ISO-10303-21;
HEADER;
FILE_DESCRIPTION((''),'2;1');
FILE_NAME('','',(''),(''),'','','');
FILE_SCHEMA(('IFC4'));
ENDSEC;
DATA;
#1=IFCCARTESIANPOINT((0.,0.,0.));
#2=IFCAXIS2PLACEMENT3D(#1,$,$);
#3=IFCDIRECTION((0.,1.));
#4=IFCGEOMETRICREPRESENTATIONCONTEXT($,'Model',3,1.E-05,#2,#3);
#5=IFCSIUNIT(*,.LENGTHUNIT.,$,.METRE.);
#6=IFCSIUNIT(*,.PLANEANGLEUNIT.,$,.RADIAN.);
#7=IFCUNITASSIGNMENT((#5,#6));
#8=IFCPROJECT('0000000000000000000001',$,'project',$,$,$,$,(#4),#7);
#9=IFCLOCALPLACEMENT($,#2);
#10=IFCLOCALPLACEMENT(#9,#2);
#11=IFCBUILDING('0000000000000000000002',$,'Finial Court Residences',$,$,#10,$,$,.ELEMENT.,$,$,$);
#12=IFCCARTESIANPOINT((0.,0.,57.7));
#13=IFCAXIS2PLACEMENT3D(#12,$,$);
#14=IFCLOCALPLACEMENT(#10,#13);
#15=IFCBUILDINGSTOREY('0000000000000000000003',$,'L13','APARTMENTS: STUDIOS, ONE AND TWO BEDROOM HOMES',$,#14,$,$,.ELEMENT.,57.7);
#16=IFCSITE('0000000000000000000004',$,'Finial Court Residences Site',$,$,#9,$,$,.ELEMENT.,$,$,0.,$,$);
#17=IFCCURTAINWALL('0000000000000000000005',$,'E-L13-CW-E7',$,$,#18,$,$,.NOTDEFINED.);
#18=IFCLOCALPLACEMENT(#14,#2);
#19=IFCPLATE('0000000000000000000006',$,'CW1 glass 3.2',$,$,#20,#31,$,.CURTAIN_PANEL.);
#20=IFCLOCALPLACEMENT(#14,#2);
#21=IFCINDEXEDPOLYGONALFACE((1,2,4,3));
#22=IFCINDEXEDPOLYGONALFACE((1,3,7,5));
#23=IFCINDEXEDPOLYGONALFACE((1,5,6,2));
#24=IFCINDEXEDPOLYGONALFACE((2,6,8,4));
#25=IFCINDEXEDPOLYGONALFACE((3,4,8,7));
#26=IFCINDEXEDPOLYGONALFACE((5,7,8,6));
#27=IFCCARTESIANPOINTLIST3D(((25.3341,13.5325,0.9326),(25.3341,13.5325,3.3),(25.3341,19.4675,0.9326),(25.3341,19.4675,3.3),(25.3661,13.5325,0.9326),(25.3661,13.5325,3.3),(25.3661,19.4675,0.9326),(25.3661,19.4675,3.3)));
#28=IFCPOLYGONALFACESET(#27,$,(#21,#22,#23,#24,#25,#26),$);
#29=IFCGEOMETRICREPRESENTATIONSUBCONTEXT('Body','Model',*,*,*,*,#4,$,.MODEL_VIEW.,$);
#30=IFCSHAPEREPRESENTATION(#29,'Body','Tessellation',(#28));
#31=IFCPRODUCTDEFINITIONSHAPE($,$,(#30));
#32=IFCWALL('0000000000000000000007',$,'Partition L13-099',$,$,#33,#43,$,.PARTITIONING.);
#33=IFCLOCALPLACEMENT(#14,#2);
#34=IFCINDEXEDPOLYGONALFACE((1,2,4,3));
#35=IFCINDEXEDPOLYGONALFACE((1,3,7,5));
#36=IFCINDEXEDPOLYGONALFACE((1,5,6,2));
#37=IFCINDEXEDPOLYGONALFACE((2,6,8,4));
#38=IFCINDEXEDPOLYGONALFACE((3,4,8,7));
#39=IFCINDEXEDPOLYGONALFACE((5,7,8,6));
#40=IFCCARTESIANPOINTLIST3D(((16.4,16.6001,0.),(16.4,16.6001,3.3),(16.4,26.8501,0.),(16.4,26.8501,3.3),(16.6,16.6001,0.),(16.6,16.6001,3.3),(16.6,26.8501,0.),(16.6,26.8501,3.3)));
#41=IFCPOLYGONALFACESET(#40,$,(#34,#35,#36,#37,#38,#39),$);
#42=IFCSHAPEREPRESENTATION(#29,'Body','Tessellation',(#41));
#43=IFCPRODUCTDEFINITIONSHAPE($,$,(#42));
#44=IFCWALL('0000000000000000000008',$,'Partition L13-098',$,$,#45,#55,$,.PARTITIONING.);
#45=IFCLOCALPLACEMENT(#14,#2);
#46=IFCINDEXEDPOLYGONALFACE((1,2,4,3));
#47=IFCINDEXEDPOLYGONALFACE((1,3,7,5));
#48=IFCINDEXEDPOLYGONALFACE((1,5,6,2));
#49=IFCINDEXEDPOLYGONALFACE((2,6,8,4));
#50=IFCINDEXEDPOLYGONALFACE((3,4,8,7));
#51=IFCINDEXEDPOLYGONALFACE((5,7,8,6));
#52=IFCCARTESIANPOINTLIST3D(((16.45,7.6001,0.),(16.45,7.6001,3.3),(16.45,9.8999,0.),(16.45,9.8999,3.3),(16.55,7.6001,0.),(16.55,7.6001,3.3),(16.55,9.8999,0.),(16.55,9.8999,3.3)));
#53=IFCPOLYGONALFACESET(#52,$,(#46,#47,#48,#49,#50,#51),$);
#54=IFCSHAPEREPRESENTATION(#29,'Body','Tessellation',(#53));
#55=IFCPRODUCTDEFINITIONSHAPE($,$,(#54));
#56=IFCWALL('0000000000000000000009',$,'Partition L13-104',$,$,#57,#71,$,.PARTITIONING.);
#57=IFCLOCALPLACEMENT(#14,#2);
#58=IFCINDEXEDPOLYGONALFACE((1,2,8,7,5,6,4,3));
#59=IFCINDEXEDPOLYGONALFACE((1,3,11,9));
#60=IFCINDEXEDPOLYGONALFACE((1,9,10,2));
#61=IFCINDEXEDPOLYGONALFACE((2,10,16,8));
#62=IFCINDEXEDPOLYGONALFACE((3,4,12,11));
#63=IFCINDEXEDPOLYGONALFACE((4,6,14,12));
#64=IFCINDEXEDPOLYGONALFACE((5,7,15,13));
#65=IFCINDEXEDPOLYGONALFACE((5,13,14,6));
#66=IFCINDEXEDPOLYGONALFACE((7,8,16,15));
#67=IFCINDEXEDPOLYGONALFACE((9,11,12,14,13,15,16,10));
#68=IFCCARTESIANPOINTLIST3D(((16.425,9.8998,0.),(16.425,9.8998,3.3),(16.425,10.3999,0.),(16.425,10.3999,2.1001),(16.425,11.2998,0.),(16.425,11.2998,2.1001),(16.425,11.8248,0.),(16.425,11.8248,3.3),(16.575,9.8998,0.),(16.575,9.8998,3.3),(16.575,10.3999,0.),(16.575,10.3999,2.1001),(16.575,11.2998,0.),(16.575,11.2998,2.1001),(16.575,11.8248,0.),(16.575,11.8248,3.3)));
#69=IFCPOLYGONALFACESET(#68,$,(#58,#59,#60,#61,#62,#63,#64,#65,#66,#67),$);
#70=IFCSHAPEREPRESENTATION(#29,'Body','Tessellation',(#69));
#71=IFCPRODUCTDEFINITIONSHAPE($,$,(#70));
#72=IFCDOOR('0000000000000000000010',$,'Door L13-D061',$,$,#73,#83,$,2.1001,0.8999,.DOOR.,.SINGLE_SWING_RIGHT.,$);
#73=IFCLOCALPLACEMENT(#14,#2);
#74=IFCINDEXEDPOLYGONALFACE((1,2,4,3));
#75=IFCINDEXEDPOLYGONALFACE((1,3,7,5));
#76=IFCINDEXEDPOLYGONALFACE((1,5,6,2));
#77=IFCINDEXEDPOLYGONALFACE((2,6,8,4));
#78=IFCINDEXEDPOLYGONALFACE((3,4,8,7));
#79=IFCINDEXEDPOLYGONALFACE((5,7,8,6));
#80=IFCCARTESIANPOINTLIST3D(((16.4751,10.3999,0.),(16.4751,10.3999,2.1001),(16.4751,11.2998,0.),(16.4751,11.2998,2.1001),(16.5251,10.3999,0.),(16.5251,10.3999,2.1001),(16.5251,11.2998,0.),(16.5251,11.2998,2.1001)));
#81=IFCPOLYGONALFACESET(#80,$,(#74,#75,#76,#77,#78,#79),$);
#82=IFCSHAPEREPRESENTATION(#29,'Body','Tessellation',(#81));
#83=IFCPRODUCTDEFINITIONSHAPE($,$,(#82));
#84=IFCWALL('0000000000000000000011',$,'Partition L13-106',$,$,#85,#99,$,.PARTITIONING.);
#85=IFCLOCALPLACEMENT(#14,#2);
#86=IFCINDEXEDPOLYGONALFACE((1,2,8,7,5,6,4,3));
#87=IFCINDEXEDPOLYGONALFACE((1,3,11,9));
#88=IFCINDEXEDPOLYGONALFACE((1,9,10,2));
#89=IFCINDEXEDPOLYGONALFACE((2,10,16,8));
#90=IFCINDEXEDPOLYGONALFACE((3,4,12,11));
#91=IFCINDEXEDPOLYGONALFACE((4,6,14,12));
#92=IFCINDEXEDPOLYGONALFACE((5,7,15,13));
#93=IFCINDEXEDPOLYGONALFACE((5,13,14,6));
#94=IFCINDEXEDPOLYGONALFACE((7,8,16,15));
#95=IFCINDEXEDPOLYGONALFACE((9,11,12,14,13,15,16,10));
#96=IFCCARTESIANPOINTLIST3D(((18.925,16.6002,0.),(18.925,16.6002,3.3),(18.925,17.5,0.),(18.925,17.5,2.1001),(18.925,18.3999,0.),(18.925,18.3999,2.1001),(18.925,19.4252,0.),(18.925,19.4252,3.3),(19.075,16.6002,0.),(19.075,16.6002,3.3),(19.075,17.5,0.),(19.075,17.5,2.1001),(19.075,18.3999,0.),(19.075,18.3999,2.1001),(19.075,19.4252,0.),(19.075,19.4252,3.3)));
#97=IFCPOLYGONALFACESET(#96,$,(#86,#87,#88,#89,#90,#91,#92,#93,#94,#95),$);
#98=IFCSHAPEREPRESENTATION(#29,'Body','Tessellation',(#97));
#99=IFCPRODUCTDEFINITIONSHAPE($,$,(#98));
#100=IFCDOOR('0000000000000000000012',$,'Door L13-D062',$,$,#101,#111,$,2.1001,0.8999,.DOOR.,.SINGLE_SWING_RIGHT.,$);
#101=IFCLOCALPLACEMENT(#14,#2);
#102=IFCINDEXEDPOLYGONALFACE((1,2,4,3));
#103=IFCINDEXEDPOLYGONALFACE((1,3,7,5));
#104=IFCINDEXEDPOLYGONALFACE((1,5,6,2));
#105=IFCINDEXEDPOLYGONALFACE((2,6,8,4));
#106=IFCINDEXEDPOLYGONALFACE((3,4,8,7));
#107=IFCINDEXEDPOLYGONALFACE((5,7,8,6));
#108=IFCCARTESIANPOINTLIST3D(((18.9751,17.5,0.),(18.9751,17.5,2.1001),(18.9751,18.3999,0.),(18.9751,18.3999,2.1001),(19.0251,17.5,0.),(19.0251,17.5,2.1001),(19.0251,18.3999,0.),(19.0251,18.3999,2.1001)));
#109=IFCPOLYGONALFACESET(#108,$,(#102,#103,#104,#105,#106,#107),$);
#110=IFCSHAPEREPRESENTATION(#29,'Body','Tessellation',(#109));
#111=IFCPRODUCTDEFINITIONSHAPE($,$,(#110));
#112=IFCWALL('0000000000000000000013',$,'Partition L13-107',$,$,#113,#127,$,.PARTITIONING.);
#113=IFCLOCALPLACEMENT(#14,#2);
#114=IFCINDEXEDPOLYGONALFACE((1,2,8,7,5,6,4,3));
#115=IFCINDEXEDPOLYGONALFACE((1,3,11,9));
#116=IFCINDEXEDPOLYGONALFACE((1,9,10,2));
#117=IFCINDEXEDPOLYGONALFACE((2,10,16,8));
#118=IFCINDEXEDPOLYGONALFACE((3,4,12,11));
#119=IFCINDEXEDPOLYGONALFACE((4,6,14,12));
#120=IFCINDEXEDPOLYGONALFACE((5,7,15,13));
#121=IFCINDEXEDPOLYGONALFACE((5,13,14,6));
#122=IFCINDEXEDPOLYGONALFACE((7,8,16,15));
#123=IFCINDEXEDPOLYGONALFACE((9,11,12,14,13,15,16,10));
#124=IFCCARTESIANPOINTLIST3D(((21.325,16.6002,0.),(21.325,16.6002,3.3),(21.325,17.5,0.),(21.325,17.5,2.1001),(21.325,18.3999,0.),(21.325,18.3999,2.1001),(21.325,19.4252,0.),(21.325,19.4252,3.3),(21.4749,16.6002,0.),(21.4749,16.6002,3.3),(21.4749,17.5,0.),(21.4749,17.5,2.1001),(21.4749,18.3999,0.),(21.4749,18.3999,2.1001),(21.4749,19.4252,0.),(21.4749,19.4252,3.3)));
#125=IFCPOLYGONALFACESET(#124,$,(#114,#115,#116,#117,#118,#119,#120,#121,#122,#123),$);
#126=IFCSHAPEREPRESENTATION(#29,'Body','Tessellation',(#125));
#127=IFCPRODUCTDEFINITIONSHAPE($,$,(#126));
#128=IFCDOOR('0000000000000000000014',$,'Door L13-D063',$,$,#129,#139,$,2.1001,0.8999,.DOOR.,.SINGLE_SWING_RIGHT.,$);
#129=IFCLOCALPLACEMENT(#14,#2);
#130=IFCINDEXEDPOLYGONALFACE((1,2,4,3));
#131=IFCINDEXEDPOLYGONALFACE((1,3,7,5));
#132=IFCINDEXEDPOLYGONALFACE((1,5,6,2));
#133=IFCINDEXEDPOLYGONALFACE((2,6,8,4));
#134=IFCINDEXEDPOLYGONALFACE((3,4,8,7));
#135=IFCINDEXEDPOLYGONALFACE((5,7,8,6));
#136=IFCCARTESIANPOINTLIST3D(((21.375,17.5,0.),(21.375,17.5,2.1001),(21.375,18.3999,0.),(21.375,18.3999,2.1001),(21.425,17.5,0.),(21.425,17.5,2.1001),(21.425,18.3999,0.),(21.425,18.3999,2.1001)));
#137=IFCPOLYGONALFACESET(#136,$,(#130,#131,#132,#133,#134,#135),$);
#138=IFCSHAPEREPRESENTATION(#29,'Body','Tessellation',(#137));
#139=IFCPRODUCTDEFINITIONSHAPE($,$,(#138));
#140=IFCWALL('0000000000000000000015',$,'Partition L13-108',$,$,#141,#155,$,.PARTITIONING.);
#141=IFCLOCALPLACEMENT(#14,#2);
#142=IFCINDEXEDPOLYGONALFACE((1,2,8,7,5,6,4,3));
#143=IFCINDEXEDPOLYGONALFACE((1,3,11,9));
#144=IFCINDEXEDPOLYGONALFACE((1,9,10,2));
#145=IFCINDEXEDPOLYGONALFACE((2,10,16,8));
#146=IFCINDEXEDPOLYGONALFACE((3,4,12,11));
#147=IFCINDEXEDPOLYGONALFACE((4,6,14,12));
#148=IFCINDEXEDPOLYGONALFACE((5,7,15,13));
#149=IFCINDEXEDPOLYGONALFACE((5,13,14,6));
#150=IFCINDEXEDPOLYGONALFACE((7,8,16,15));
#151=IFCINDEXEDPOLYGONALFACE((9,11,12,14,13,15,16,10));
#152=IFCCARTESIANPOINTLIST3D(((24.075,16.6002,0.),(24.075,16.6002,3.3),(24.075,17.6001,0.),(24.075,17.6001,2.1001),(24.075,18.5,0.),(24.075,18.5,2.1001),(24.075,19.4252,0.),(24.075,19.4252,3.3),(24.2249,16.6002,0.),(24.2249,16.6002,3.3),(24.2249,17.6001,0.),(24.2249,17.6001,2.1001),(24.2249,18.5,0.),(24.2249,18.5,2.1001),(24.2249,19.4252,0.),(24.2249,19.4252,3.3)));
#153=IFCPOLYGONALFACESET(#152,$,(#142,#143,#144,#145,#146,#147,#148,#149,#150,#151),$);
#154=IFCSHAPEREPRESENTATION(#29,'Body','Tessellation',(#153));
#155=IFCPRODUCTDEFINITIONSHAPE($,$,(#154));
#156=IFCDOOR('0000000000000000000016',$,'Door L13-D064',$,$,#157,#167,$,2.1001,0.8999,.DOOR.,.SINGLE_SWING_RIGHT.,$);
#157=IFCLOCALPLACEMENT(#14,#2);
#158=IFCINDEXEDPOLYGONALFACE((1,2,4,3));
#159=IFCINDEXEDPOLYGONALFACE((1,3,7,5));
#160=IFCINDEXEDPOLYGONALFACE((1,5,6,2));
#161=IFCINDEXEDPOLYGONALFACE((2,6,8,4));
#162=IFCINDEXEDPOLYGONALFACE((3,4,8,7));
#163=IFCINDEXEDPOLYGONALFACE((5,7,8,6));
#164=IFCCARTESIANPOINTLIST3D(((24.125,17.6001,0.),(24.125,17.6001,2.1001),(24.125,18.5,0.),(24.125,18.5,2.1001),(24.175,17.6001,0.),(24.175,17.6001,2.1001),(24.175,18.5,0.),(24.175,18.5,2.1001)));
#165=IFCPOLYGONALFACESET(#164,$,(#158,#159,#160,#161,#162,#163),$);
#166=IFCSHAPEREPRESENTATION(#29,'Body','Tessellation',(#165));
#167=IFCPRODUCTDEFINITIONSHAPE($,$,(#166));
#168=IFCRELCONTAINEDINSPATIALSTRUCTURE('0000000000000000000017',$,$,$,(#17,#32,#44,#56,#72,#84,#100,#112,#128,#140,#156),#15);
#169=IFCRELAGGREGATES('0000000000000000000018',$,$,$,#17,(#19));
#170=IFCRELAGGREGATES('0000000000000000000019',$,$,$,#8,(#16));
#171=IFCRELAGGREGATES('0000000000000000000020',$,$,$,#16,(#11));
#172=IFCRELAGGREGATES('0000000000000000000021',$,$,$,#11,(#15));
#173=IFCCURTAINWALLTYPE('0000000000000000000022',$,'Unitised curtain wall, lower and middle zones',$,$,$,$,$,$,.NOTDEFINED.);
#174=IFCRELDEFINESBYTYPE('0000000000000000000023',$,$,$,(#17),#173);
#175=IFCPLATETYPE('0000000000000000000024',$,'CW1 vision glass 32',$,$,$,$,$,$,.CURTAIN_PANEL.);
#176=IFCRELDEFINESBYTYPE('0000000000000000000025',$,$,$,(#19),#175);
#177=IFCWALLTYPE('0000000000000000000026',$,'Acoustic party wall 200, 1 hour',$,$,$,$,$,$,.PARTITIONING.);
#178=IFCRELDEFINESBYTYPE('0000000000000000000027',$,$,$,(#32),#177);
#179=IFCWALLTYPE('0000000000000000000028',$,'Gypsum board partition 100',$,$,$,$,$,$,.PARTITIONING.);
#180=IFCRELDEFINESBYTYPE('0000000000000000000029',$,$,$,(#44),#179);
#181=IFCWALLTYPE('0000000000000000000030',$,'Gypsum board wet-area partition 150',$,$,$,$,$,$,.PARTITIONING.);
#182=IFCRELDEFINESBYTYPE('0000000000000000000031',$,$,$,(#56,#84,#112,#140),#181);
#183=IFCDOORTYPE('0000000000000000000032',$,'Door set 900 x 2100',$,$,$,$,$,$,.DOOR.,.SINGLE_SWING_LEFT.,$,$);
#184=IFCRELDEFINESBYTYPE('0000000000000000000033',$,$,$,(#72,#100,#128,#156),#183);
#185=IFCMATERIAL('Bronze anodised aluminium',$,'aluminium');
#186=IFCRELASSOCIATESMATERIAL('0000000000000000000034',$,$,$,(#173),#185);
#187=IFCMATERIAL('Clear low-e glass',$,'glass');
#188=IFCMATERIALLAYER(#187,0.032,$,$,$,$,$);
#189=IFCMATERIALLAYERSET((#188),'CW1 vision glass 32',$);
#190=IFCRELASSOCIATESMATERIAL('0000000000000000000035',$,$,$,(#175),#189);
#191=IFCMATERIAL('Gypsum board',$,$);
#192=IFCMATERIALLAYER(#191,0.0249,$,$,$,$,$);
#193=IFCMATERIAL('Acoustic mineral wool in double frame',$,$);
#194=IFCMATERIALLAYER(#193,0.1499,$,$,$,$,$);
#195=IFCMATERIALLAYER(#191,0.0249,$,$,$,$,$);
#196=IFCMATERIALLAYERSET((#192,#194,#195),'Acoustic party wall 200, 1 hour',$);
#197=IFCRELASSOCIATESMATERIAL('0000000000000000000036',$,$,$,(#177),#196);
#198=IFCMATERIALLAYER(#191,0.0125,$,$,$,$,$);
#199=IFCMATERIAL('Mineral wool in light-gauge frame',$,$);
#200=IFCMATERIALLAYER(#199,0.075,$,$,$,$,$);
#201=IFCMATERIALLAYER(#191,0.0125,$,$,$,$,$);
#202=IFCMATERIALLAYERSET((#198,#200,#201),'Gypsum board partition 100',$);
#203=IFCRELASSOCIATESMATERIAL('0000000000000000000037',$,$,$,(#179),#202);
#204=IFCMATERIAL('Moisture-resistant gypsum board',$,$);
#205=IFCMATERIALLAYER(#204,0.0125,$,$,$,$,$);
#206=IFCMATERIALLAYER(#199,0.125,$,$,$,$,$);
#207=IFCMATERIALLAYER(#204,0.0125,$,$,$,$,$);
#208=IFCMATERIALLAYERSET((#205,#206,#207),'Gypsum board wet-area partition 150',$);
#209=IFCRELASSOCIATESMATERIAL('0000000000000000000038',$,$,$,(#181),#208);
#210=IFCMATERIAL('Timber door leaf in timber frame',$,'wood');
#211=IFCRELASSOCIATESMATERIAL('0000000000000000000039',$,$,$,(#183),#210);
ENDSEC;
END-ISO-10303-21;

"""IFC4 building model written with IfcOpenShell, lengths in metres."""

from ifc_helpers import new_model, si_unit, direction, frame, frame_2d, origin, origin_2d, place, context, subcontext, project, spatial, rectangle, extrude, material, layer, layer_set, type_object, element, fill, aggregate, save


model = new_model("IFC4")

# Units and contexts
model_context = context("Model", 3, precision=1e-05, world=origin(), true_north=direction((0.0, 1.0)))
body_context = subcontext(model_context, "Body", "Model", "MODEL_VIEW")
ifc_project = project(units=[si_unit("LENGTHUNIT", "METRE"), si_unit("PLANEANGLEUNIT", "RADIAN")], contexts=[model_context])

# Site, building, storey
site_placement = place(None, origin())
site = spatial("IfcSite", under=ifc_project, at=site_placement, Name="Finial Court Residences Site", CompositionType="ELEMENT", RefElevation=0.0)
building_placement = place(site_placement, origin())
building = spatial("IfcBuilding", under=site, at=building_placement, Name="Finial Court Residences", CompositionType="ELEMENT")
storey_placement = place(building_placement, frame((0.0, 0.0, 57.7)))
storey = spatial("IfcBuildingStorey", under=building, at=storey_placement, Name="L13", Description="APARTMENTS: STUDIOS, ONE AND TWO BEDROOM HOMES", CompositionType="ELEMENT", Elevation=57.7)

# Curtain wall, plate
ifc_material_1 = material(Name="Bronze anodised aluminium", Category="aluminium")
curtain_wall_type = type_object("IfcCurtainWallType", Name="Unitised curtain wall, lower and middle zones", PredefinedType="NOTDEFINED", material=ifc_material_1)
curtain_wall_placement = place(storey_placement, origin())
curtain_wall = element("IfcCurtainWall", 1, at=curtain_wall_placement, inside=storey, type_object=curtain_wall_type, Name="E-L13-CW-E7", PredefinedType="NOTDEFINED")
ifc_material_2 = material(Name="Clear low-e glass", Category="glass")
ifc_layer_1 = layer(ifc_material_2, 0.032)
ifc_layer_set_1 = layer_set([ifc_layer_1], Name="CW1 vision glass 32")
plate_type_1 = type_object("IfcPlateType", Name="CW1 vision glass 32", PredefinedType="CURTAIN_PANEL", material=ifc_layer_set_1)
plate_1_placement = place(storey_placement, frame((25.3501, 16.5, 0.9326), z_axis=(0.0, 0.0, 1.0), x_axis=(0.0, 1.0, 0.0)))
plate_1 = element("IfcPlate", 2, at=plate_1_placement, type_object=plate_type_1, Name="CW1 glass 3.2", PredefinedType="CURTAIN_PANEL", context=body_context, shape_type="SweptSolid", body=[
    extrude(rectangle(XDim=5.9351, YDim=0.032, at=origin_2d()), origin(), (0.0, 0.0, 1.0), 2.3674),
])
aggregate(curtain_wall, [plate_1])

# Walls
ifc_material_3 = material(Name="Gypsum board")
ifc_layer_2 = layer(ifc_material_3, 0.0249)
ifc_material_4 = material(Name="Acoustic mineral wool in double frame")
ifc_layer_3 = layer(ifc_material_4, 0.1499)
ifc_layer_4 = layer(ifc_material_3, 0.0249)
ifc_layer_set_2 = layer_set([ifc_layer_2, ifc_layer_3, ifc_layer_4], Name="Acoustic party wall 200, 1 hour")
wall_type_1 = type_object("IfcWallType", Name="Acoustic party wall 200, 1 hour", PredefinedType="PARTITIONING", material=ifc_layer_set_2)
wall_1_placement = place(storey_placement, frame((16.5, 16.6001, 0.0), z_axis=(0.0, 0.0, 1.0), x_axis=(0.0, 1.0, 0.0)))
element("IfcWall", 3, at=wall_1_placement, inside=storey, type_object=wall_type_1, Name="Partition L13-099", PredefinedType="PARTITIONING", context=body_context, shape_type="SweptSolid", body=[
    extrude(rectangle(XDim=10.25, YDim=0.2, at=frame_2d((5.125, 0.0))), origin(), (0.0, 0.0, 1.0), 3.3),
])
ifc_layer_5 = layer(ifc_material_3, 0.0125)
ifc_material_5 = material(Name="Mineral wool in light-gauge frame")
ifc_layer_6 = layer(ifc_material_5, 0.075)
ifc_layer_7 = layer(ifc_material_3, 0.0125)
ifc_layer_set_3 = layer_set([ifc_layer_5, ifc_layer_6, ifc_layer_7], Name="Gypsum board partition 100")
wall_type_2 = type_object("IfcWallType", Name="Gypsum board partition 100", PredefinedType="PARTITIONING", material=ifc_layer_set_3)
wall_2_placement = place(storey_placement, frame((16.5, 7.6001, 0.0), z_axis=(0.0, 0.0, 1.0), x_axis=(0.0, 1.0, 0.0)))
element("IfcWall", 4, at=wall_2_placement, inside=storey, type_object=wall_type_2, Name="Partition L13-098", PredefinedType="PARTITIONING", context=body_context, shape_type="SweptSolid", body=[
    extrude(rectangle(XDim=2.2998, YDim=0.1001, at=frame_2d((1.1499, 0.0))), origin(), (0.0, 0.0, 1.0), 3.3),
])

# Walls, openings, doors
ifc_material_6 = material(Name="Moisture-resistant gypsum board")
ifc_layer_8 = layer(ifc_material_6, 0.0125)
ifc_layer_9 = layer(ifc_material_5, 0.125)
ifc_layer_10 = layer(ifc_material_6, 0.0125)
ifc_layer_set_4 = layer_set([ifc_layer_8, ifc_layer_9, ifc_layer_10], Name="Gypsum board wet-area partition 150")
wall_type_3 = type_object("IfcWallType", Name="Gypsum board wet-area partition 150", PredefinedType="PARTITIONING", material=ifc_layer_set_4)
wall_3_placement = place(storey_placement, frame((16.5, 9.8999, 0.0), z_axis=(0.0, 0.0, 1.0), x_axis=(0.0, 1.0, 0.0)))
wall_3 = element("IfcWall", 5, at=wall_3_placement, inside=storey, type_object=wall_type_3, Name="Partition L13-104", PredefinedType="PARTITIONING", context=body_context, shape_type="SweptSolid", body=[
    extrude(rectangle(XDim=1.925, YDim=0.1499, at=frame_2d((0.9624, 0.0))), origin(), (0.0, 0.0, 1.0), 3.3),
])
opening_1_placement = place(wall_3_placement, frame((0.5, 0.0, 0.0)))
opening_1 = element("IfcOpeningElement", 6, at=opening_1_placement, cuts=wall_3, PredefinedType="OPENING", context=body_context, shape_type="SweptSolid", body=[
    extrude(rectangle(XDim=0.8999, YDim=2.1001, at=frame_2d((0.45, 1.05))), frame((0.0, 0.085, 0.0), z_axis=(0.0, -1.0, 0.0), x_axis=(1.0, 0.0, 0.0)), (0.0, 0.0, 1.0), 0.1699),
])
ifc_material_7 = material(Name="Timber door leaf in timber frame", Category="wood")
door_type = type_object("IfcDoorType", Name="Door set 900 x 2100", OperationType="SINGLE_SWING_LEFT", PredefinedType="DOOR", material=ifc_material_7)
door_1_placement = place(opening_1_placement, origin())
door_1 = element("IfcDoor", 7, at=door_1_placement, inside=storey, type_object=door_type, Name="Door L13-D061", OperationType="SINGLE_SWING_RIGHT", OverallHeight=2.1001, OverallWidth=0.8999, PredefinedType="DOOR", context=body_context, shape_type="SweptSolid", body=[
    extrude(rectangle(XDim=0.8999, YDim=2.1001, at=frame_2d((0.45, 1.05))), frame((0.0, 0.0249, 0.0), z_axis=(0.0, -1.0, 0.0), x_axis=(1.0, 0.0, 0.0)), (0.0, 0.0, 1.0), 0.05),
])
fill(opening_1, door_1)
wall_4_placement = place(storey_placement, frame((19.0, 16.6001, 0.0), z_axis=(0.0, 0.0, 1.0), x_axis=(0.0, 1.0, 0.0)))
wall_4 = element("IfcWall", 8, at=wall_4_placement, inside=storey, type_object=wall_type_3, Name="Partition L13-106", PredefinedType="PARTITIONING", context=body_context, shape_type="SweptSolid", body=[
    extrude(rectangle(XDim=2.825, YDim=0.1499, at=frame_2d((1.4126, 0.0))), origin(), (0.0, 0.0, 1.0), 3.3),
])
opening_2_placement = place(wall_4_placement, frame((0.8999, 0.0, 0.0)))
opening_2 = element("IfcOpeningElement", 9, at=opening_2_placement, cuts=wall_4, PredefinedType="OPENING", context=body_context, shape_type="SweptSolid", body=[
    extrude(rectangle(XDim=0.8999, YDim=2.1001, at=frame_2d((0.45, 1.05))), frame((0.0, 0.085, 0.0), z_axis=(0.0, -1.0, 0.0), x_axis=(1.0, 0.0, 0.0)), (0.0, 0.0, 1.0), 0.1699),
])
door_2_placement = place(opening_2_placement, origin())
door_2 = element("IfcDoor", 10, at=door_2_placement, inside=storey, type_object=door_type, Name="Door L13-D062", OperationType="SINGLE_SWING_RIGHT", OverallHeight=2.1001, OverallWidth=0.8999, PredefinedType="DOOR", context=body_context, shape_type="SweptSolid", body=[
    extrude(rectangle(XDim=0.8999, YDim=2.1001, at=frame_2d((0.45, 1.05))), frame((0.0, 0.0249, 0.0), z_axis=(0.0, -1.0, 0.0), x_axis=(1.0, 0.0, 0.0)), (0.0, 0.0, 1.0), 0.05),
])
fill(opening_2, door_2)
wall_5_placement = place(storey_placement, frame((21.3999, 16.6001, 0.0), z_axis=(0.0, 0.0, 1.0), x_axis=(0.0, 1.0, 0.0)))
wall_5 = element("IfcWall", 11, at=wall_5_placement, inside=storey, type_object=wall_type_3, Name="Partition L13-107", PredefinedType="PARTITIONING", context=body_context, shape_type="SweptSolid", body=[
    extrude(rectangle(XDim=2.825, YDim=0.1499, at=frame_2d((1.4126, 0.0))), origin(), (0.0, 0.0, 1.0), 3.3),
])
opening_3_placement = place(wall_5_placement, frame((0.8999, 0.0, 0.0)))
opening_3 = element("IfcOpeningElement", 12, at=opening_3_placement, cuts=wall_5, PredefinedType="OPENING", context=body_context, shape_type="SweptSolid", body=[
    extrude(rectangle(XDim=0.8999, YDim=2.1001, at=frame_2d((0.45, 1.05))), frame((0.0, 0.085, 0.0), z_axis=(0.0, -1.0, 0.0), x_axis=(1.0, 0.0, 0.0)), (0.0, 0.0, 1.0), 0.1699),
])
door_3_placement = place(opening_3_placement, origin())
door_3 = element("IfcDoor", 13, at=door_3_placement, inside=storey, type_object=door_type, Name="Door L13-D063", OperationType="SINGLE_SWING_RIGHT", OverallHeight=2.1001, OverallWidth=0.8999, PredefinedType="DOOR", context=body_context, shape_type="SweptSolid", body=[
    extrude(rectangle(XDim=0.8999, YDim=2.1001, at=frame_2d((0.45, 1.05))), frame((0.0, 0.0249, 0.0), z_axis=(0.0, -1.0, 0.0), x_axis=(1.0, 0.0, 0.0)), (0.0, 0.0, 1.0), 0.05),
])
fill(opening_3, door_3)
wall_6_placement = place(storey_placement, frame((24.1499, 16.6001, 0.0), z_axis=(0.0, 0.0, 1.0), x_axis=(0.0, 1.0, 0.0)))
wall_6 = element("IfcWall", 14, at=wall_6_placement, inside=storey, type_object=wall_type_3, Name="Partition L13-108", PredefinedType="PARTITIONING", context=body_context, shape_type="SweptSolid", body=[
    extrude(rectangle(XDim=2.825, YDim=0.1499, at=frame_2d((1.4126, 0.0))), origin(), (0.0, 0.0, 1.0), 3.3),
])
opening_4_placement = place(wall_6_placement, frame((1.0, 0.0, 0.0)))
opening_4 = element("IfcOpeningElement", 15, at=opening_4_placement, cuts=wall_6, PredefinedType="OPENING", context=body_context, shape_type="SweptSolid", body=[
    extrude(rectangle(XDim=0.8999, YDim=2.1001, at=frame_2d((0.45, 1.05))), frame((0.0, 0.085, 0.0), z_axis=(0.0, -1.0, 0.0), x_axis=(1.0, 0.0, 0.0)), (0.0, 0.0, 1.0), 0.1699),
])
door_4_placement = place(opening_4_placement, origin())
door_4 = element("IfcDoor", 16, at=door_4_placement, inside=storey, type_object=door_type, Name="Door L13-D064", OperationType="SINGLE_SWING_RIGHT", OverallHeight=2.1001, OverallWidth=0.8999, PredefinedType="DOOR", context=body_context, shape_type="SweptSolid", body=[
    extrude(rectangle(XDim=0.8999, YDim=2.1001, at=frame_2d((0.45, 1.05))), frame((0.0, 0.0249, 0.0), z_axis=(0.0, -1.0, 0.0), x_axis=(1.0, 0.0, 0.0)), (0.0, 0.0, 1.0), 0.05),
])
fill(opening_4, door_4)

save(model, "model.ifc")
